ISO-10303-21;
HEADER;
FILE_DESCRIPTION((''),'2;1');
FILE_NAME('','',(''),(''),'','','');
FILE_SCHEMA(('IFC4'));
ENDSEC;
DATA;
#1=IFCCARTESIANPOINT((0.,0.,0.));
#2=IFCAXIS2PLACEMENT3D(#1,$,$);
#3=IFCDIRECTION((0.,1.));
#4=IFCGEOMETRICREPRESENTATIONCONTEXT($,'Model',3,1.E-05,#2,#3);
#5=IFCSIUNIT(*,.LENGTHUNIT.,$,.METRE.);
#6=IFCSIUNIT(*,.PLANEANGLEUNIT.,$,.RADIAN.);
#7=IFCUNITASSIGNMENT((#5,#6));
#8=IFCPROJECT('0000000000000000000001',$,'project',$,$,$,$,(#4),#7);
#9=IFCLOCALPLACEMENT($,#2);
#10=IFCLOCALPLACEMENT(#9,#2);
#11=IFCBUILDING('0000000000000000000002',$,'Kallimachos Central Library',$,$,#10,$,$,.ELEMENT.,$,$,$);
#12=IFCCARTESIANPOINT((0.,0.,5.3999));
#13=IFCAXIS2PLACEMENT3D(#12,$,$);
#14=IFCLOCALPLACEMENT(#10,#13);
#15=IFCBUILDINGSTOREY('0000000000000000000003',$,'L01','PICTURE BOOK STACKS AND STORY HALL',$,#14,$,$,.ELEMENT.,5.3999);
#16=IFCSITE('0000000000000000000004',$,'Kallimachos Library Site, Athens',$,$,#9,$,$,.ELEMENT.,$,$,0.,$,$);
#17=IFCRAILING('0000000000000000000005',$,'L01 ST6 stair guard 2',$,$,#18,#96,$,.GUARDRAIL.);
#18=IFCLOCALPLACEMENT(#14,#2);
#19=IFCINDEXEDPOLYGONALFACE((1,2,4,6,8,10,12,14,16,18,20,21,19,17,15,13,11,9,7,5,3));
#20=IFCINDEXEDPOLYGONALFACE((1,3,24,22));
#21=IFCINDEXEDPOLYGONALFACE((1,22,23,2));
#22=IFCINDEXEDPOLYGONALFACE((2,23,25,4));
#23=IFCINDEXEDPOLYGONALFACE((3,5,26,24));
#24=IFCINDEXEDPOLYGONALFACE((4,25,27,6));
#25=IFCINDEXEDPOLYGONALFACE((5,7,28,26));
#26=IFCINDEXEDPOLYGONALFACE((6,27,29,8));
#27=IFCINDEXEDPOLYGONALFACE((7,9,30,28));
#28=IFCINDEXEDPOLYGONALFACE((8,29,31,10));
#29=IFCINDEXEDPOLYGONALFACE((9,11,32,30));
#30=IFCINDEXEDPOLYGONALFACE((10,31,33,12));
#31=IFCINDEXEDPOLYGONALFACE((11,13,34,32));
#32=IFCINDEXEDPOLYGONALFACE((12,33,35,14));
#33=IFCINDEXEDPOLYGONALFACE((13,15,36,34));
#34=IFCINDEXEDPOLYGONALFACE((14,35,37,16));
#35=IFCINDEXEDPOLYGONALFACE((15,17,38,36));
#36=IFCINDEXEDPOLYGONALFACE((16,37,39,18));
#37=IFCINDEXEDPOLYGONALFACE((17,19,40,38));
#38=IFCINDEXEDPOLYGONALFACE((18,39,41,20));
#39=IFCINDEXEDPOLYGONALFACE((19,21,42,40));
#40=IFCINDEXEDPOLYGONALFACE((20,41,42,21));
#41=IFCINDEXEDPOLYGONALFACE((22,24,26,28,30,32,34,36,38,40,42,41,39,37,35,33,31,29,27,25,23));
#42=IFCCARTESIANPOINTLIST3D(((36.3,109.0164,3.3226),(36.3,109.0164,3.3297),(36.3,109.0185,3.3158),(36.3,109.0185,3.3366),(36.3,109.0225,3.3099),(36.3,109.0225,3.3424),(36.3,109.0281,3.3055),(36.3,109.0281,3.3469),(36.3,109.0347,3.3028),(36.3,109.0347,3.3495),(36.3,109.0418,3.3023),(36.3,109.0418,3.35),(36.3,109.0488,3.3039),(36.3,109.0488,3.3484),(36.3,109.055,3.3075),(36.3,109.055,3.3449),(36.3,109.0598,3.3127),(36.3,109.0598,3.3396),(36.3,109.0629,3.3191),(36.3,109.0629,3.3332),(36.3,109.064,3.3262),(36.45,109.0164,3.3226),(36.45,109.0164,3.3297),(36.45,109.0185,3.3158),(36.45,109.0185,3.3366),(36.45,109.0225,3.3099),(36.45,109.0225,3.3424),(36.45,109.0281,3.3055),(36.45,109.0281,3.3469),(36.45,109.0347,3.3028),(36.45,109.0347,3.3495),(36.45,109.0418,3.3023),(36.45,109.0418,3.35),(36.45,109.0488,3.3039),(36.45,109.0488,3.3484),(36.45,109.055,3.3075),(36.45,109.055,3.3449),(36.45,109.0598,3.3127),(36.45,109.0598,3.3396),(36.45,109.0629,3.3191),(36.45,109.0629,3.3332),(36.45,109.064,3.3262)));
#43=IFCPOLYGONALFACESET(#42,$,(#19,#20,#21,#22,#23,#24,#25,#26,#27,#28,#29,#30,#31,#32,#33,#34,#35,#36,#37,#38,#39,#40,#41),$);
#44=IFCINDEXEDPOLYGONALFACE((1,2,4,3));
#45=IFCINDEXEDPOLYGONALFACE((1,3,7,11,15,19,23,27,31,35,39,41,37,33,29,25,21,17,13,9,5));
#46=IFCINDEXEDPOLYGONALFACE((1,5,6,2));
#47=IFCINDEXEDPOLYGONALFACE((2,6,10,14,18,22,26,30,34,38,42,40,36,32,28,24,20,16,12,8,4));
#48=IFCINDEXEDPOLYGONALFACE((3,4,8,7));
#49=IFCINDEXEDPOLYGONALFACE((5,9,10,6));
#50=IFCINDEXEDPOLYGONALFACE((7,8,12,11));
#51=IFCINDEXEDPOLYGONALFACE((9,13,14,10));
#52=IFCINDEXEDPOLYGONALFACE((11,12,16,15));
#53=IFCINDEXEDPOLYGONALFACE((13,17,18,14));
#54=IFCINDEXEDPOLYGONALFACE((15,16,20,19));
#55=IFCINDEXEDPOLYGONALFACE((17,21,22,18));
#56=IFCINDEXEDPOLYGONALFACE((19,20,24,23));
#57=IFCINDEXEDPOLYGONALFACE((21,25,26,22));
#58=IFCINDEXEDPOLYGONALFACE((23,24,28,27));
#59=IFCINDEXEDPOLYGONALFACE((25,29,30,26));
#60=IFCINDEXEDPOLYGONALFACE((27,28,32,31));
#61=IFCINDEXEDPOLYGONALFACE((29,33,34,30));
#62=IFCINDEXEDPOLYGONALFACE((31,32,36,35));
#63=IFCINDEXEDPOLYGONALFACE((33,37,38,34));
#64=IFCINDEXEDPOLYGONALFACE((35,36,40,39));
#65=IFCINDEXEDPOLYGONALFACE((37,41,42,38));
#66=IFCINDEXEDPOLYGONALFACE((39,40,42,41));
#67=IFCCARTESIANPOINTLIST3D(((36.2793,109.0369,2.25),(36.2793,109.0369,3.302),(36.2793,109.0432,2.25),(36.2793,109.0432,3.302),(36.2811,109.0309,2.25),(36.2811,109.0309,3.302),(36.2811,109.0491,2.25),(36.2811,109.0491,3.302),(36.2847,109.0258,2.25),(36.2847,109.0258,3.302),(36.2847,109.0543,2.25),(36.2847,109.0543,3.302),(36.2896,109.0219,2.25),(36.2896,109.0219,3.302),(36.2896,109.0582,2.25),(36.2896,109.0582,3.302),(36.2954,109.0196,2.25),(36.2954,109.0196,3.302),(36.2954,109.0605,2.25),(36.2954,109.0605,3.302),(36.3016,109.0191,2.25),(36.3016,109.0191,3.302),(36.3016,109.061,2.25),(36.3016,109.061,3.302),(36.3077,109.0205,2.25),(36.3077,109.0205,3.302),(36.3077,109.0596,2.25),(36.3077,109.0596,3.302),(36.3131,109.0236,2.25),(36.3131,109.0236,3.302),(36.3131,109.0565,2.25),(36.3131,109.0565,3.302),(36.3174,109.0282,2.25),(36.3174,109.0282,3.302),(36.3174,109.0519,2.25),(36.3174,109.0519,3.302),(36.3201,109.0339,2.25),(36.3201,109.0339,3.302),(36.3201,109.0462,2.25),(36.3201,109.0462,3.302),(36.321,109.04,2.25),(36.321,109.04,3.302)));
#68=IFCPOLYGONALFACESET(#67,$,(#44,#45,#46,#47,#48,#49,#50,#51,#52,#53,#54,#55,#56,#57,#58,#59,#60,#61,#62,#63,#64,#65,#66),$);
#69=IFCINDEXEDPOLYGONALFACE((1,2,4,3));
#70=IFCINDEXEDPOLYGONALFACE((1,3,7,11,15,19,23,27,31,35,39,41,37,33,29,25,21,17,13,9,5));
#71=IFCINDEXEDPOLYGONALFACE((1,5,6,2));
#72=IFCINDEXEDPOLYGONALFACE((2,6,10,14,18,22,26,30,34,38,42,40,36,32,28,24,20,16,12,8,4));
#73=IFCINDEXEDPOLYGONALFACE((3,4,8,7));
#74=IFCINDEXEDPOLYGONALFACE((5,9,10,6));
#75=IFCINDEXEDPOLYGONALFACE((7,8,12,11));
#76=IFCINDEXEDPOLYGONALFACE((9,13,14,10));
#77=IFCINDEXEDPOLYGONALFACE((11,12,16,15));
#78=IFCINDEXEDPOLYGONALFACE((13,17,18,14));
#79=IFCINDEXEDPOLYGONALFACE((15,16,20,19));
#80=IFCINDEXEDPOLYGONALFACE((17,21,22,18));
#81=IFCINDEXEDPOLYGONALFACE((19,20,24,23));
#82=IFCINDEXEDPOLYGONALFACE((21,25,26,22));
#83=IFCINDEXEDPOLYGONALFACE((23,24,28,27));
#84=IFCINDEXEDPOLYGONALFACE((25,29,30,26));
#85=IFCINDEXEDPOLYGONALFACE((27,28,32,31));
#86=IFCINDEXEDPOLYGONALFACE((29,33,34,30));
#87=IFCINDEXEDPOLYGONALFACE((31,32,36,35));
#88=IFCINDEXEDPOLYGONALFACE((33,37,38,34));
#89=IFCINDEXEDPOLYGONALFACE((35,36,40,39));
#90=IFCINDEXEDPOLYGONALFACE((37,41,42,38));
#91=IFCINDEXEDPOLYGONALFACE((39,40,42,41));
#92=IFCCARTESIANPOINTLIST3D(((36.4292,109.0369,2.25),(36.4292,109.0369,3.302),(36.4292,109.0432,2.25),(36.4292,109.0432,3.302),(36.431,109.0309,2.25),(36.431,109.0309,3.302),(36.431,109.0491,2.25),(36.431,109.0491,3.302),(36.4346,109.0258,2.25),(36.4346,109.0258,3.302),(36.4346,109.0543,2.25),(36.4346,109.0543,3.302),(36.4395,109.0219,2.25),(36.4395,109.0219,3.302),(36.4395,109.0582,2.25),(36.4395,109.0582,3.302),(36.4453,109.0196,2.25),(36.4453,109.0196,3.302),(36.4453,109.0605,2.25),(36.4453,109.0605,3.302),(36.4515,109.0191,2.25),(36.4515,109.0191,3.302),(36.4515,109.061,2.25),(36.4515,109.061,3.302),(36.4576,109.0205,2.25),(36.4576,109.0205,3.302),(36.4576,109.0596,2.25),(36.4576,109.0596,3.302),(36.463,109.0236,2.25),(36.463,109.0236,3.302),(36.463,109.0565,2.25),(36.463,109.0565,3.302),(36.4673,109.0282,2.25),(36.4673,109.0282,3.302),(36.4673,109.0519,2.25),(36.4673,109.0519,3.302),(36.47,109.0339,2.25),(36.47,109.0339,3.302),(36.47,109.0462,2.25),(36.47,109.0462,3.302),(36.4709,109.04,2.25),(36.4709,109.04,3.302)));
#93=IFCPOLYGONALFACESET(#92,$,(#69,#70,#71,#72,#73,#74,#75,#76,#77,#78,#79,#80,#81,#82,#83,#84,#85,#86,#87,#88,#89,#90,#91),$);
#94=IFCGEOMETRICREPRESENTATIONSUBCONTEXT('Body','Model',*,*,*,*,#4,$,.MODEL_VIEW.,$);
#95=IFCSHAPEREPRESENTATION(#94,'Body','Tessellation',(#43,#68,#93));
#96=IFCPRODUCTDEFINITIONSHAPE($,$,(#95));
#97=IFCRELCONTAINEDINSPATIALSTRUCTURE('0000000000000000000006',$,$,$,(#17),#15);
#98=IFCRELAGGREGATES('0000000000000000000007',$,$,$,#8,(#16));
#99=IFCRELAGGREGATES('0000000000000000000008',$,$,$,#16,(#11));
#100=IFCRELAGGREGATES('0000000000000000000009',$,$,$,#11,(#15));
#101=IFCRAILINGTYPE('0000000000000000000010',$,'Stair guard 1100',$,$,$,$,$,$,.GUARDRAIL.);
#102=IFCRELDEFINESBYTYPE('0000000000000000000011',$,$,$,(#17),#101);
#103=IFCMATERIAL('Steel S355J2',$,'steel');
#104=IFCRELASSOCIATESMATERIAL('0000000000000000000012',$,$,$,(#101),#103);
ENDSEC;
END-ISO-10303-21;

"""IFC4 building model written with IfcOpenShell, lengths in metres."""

from ifc_helpers import new_model, si_unit, direction, frame, origin, origin_2d, place, context, subcontext, project, spatial, circle, extrude, material, type_object, element, save


model = new_model("IFC4")

# Units and contexts
model_context = context("Model", 3, precision=1e-05, world=origin(), true_north=direction((0.0, 1.0)))
body_context = subcontext(model_context, "Body", "Model", "MODEL_VIEW")
ifc_project = project(units=[si_unit("LENGTHUNIT", "METRE"), si_unit("PLANEANGLEUNIT", "RADIAN")], contexts=[model_context])

# Site, building, storey
site_placement = place(None, origin())
site = spatial("IfcSite", under=ifc_project, at=site_placement, Name="Kallimachos Library Site, Athens", CompositionType="ELEMENT", RefElevation=0.0)
building_placement = place(site_placement, origin())
building = spatial("IfcBuilding", under=site, at=building_placement, Name="Kallimachos Central Library", CompositionType="ELEMENT")
storey_placement = place(building_placement, frame((0.0, 0.0, 5.3999)))
storey = spatial("IfcBuildingStorey", under=building, at=storey_placement, Name="L01", Description="PICTURE BOOK STACKS AND STORY HALL", CompositionType="ELEMENT", Elevation=5.3999)

# Railing
ifc_material_1 = material(Name="Steel S355J2", Category="steel")
railing_type_1 = type_object("IfcRailingType", Name="Stair guard 1100", PredefinedType="GUARDRAIL", material=ifc_material_1)
railing_1_placement = place(storey_placement, frame((36.3, 109.04, 2.25)))
element("IfcRailing", 1, at=railing_1_placement, inside=storey, type_object=railing_type_1, Name="L01 ST6 stair guard 2", PredefinedType="GUARDRAIL", context=body_context, shape_type="SweptSolid", body=[
    extrude(circle(Radius=0.0239, at=origin_2d()), frame((0.0, 0.0, 1.0762), z_axis=(1.0, 0.0, 0.0), x_axis=(0.0, 1.0, 0.0)), (0.0, 0.0, 1.0), 0.1499),
    extrude(circle(Radius=0.021, at=origin_2d()), origin(), (0.0, 0.0, 1.0), 1.052),
    extrude(circle(Radius=0.021, at=origin_2d()), frame((0.1499, 0.0, 0.0)), (0.0, 0.0, 1.0), 1.052),
])

save(model, "model.ifc")
